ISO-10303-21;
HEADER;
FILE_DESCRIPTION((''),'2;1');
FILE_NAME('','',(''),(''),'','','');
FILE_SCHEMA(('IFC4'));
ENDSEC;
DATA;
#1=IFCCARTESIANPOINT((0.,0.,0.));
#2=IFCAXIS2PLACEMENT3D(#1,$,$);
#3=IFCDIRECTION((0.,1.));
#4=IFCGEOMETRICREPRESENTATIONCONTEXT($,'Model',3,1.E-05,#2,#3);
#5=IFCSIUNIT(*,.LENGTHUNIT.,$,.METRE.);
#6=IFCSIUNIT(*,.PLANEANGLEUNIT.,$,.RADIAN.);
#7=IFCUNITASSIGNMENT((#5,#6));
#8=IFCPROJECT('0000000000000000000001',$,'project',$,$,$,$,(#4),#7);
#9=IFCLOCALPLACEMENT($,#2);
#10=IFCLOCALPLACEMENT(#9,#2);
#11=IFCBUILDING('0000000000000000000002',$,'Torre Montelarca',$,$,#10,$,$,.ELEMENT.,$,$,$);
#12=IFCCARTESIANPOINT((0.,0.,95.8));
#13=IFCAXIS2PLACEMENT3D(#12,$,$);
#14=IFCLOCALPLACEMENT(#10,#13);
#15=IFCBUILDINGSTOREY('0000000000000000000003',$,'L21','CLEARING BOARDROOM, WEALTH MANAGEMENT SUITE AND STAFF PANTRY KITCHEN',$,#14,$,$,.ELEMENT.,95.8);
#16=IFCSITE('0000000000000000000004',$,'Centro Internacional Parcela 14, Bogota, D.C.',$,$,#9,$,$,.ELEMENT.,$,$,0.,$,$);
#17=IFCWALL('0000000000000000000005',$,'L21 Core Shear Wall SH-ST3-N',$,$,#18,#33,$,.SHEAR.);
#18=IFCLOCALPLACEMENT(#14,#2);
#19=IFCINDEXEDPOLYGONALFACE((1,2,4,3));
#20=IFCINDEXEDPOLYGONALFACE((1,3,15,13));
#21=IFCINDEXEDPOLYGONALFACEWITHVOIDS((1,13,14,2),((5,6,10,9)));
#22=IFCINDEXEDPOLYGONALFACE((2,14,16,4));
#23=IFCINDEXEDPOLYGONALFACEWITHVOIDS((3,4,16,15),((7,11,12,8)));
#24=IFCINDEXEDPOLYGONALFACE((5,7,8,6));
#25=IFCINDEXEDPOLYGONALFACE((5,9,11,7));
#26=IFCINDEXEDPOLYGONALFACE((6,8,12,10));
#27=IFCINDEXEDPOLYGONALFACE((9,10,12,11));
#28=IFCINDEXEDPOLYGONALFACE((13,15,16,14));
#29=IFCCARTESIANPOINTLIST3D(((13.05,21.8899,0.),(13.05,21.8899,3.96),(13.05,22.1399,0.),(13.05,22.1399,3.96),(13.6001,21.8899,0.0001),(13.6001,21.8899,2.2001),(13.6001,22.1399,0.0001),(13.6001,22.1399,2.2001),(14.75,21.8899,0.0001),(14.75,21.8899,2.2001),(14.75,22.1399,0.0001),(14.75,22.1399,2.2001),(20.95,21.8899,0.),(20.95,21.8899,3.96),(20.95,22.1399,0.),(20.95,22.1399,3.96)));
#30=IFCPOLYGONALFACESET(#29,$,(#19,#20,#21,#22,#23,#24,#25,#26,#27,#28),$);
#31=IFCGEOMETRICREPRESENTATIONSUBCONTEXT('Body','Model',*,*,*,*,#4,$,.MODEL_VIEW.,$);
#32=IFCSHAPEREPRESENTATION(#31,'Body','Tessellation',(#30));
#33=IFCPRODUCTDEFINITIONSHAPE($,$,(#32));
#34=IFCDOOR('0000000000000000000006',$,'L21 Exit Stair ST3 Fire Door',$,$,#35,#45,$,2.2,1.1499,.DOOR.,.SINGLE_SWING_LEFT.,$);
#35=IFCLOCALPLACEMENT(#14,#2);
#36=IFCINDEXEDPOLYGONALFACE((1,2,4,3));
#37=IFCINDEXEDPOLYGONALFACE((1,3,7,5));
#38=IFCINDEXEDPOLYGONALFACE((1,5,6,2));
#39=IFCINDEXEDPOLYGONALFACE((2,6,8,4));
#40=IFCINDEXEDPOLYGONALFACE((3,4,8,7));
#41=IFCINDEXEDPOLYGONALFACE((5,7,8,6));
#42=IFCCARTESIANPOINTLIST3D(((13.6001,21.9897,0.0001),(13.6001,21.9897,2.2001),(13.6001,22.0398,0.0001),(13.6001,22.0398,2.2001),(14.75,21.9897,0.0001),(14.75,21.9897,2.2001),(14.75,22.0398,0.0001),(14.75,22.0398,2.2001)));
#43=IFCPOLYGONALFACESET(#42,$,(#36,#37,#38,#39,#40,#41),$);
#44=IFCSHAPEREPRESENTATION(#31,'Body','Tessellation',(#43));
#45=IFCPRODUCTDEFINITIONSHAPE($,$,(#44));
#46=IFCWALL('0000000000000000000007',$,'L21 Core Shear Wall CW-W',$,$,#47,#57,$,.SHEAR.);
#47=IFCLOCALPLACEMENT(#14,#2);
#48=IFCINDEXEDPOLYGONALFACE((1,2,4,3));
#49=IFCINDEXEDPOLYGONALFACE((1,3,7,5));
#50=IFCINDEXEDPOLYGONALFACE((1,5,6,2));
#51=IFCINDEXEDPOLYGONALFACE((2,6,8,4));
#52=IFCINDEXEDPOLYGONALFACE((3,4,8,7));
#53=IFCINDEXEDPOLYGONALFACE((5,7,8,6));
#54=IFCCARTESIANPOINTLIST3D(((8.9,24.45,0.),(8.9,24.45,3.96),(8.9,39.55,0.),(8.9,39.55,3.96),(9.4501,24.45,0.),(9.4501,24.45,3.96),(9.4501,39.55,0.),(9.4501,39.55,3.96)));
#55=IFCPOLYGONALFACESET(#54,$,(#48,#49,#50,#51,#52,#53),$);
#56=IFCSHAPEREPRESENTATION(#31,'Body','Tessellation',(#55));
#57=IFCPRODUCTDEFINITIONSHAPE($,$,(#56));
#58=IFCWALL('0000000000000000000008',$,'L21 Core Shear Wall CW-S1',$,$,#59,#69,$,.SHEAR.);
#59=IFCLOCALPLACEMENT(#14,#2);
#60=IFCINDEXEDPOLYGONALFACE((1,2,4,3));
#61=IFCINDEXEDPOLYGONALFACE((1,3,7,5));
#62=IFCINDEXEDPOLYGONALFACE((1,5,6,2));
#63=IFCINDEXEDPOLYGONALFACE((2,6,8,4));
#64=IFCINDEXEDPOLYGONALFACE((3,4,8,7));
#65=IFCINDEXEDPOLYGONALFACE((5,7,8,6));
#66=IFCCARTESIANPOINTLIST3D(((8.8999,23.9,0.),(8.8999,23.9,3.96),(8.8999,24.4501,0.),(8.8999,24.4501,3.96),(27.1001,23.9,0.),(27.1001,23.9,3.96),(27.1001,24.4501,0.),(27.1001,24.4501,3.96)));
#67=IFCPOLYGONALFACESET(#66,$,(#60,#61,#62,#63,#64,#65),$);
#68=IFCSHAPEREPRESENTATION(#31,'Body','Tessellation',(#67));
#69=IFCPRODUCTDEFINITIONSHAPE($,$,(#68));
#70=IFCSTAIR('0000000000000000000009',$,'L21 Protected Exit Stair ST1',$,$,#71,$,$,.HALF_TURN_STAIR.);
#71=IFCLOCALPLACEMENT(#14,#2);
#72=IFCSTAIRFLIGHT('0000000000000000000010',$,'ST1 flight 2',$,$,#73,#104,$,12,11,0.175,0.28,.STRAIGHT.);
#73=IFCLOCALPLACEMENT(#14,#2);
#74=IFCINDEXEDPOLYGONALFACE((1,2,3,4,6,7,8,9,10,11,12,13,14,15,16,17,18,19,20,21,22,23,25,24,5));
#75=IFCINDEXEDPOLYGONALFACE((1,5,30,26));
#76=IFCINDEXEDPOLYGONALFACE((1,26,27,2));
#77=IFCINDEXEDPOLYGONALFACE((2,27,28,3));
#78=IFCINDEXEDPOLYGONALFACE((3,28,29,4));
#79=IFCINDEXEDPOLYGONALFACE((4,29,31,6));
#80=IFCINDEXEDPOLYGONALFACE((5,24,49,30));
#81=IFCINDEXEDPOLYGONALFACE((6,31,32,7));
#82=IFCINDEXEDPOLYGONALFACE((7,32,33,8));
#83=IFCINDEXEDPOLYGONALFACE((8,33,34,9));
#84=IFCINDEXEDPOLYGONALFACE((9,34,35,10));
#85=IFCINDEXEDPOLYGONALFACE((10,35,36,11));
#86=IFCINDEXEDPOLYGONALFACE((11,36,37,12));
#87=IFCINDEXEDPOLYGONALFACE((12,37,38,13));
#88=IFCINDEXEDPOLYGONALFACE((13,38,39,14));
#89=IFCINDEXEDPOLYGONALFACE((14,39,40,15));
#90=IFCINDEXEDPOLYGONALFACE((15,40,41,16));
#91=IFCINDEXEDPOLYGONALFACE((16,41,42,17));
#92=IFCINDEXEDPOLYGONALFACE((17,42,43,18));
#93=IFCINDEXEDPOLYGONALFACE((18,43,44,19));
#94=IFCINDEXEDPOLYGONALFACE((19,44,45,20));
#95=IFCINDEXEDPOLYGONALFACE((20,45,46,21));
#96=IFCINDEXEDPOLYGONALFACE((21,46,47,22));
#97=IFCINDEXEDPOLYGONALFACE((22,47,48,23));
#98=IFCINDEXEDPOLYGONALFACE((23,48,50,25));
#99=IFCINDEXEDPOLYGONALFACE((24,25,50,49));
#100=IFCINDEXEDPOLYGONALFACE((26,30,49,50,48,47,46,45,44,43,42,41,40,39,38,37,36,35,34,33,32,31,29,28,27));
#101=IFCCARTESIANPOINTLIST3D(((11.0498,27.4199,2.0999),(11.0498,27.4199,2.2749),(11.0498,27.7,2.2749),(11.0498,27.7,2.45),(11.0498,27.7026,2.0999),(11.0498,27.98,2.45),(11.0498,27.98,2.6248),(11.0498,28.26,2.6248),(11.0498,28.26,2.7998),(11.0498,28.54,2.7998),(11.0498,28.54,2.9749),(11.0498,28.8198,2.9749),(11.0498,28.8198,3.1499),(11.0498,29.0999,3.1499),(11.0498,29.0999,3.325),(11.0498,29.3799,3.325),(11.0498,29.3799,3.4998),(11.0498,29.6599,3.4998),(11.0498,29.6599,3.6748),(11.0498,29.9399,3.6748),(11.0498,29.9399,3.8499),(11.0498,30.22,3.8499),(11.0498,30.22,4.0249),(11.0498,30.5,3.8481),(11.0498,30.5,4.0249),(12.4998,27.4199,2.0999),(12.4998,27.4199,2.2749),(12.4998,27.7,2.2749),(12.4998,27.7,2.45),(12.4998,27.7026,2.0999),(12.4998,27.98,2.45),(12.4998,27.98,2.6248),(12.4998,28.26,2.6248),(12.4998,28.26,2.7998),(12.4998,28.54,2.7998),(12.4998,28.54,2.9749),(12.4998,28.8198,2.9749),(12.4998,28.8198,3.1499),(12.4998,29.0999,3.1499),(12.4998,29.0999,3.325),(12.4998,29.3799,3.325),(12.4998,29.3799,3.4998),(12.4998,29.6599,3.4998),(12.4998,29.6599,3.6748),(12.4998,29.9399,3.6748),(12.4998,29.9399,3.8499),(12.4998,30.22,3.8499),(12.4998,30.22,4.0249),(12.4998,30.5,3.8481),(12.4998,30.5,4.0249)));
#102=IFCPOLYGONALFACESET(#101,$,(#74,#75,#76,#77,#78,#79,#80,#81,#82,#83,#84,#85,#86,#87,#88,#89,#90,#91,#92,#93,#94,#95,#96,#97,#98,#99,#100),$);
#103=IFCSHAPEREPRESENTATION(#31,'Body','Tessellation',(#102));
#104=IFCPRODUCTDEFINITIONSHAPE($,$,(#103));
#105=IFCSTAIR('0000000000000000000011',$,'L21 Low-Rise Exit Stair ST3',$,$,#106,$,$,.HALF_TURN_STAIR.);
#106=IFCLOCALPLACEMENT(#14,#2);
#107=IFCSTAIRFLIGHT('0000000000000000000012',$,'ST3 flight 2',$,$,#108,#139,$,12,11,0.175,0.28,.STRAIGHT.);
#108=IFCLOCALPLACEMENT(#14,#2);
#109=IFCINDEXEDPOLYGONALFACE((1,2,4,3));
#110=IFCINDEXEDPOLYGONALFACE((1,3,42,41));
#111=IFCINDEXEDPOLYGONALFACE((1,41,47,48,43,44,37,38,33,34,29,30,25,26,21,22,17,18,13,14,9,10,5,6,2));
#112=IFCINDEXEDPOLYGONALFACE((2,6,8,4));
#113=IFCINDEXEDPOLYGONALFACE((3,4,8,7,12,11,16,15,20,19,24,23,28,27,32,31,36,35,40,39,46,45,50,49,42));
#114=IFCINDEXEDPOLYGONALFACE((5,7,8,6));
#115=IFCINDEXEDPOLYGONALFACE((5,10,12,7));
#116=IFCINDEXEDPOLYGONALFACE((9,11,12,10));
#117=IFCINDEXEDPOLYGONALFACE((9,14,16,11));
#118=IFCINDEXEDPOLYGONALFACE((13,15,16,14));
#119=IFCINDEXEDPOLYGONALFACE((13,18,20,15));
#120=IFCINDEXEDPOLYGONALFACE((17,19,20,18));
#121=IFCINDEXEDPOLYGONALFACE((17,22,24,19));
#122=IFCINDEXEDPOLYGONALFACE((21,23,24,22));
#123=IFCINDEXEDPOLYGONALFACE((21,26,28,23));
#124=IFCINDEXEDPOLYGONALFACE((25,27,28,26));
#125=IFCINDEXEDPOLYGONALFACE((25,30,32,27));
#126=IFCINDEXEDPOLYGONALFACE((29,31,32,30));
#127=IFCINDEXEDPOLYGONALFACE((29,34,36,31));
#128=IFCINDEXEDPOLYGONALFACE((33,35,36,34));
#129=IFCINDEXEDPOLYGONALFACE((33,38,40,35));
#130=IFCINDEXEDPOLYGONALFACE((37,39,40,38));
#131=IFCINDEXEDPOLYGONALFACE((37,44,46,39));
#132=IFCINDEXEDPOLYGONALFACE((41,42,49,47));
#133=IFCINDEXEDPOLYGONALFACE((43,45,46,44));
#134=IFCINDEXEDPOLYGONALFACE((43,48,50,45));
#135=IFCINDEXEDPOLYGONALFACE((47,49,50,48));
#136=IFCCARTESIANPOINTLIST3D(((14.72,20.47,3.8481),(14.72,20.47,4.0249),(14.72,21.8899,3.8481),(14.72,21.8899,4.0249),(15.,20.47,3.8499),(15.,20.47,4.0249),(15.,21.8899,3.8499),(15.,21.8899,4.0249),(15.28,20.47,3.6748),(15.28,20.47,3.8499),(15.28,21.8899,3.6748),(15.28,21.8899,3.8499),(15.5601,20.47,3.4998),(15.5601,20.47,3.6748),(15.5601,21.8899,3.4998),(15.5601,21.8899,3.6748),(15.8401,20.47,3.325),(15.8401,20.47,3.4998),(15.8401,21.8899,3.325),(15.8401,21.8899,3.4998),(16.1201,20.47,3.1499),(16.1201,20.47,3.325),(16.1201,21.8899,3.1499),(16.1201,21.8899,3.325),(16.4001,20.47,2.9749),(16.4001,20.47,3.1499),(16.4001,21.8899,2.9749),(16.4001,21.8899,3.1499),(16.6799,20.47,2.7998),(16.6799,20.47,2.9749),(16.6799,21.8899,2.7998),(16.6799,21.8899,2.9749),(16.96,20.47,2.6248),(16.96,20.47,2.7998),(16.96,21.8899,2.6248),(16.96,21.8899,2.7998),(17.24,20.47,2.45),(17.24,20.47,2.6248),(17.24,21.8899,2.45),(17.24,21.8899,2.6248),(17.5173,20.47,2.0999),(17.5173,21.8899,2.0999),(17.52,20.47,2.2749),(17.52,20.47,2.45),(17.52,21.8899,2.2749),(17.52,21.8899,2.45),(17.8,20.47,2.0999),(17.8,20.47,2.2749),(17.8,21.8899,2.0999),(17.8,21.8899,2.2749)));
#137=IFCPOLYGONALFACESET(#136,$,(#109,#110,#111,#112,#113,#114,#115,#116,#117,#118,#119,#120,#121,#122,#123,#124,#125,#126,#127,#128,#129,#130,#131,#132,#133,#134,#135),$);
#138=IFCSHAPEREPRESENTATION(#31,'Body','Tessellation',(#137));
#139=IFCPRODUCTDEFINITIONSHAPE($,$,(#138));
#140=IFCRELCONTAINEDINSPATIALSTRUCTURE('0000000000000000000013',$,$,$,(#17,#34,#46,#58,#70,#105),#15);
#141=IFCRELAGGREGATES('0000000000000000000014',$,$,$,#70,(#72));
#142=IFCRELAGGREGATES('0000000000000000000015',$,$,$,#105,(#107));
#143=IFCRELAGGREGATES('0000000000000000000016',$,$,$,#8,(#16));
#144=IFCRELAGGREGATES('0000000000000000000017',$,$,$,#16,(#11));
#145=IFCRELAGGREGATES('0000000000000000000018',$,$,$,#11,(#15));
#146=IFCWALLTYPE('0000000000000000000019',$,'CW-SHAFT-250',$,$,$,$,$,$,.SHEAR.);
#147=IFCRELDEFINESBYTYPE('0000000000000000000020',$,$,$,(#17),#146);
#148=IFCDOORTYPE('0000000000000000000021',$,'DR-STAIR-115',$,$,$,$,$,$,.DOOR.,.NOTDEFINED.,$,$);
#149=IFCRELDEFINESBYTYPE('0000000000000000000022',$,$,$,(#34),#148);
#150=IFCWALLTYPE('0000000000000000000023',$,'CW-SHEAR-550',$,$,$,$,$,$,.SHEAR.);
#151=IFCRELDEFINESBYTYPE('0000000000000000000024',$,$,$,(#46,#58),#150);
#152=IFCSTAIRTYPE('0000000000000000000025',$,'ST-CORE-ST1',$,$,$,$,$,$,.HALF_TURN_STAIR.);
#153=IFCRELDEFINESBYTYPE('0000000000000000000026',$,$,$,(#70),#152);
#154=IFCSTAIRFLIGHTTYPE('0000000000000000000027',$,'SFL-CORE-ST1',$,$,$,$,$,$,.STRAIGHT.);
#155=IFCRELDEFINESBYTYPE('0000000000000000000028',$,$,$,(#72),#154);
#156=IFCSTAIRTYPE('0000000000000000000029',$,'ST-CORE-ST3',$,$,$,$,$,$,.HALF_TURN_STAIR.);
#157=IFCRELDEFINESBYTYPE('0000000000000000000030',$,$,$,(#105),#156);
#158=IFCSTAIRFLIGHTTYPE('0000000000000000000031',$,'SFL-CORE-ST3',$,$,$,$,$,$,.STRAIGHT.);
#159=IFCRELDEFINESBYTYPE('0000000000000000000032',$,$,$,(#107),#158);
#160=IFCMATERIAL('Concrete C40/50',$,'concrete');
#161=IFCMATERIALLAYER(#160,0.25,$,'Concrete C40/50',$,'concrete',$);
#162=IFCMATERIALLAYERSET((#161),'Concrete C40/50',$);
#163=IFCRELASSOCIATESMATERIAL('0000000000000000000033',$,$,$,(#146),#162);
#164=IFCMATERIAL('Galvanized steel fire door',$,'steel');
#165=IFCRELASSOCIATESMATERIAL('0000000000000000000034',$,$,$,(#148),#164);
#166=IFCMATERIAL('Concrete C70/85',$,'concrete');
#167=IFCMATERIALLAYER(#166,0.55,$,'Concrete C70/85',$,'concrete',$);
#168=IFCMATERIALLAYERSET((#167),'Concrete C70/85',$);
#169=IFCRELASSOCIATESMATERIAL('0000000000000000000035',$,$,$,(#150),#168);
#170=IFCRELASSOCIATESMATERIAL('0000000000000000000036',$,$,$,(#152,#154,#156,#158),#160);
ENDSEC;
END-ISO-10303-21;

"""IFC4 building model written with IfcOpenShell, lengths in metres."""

from ifc_helpers import new_model, si_unit, direction, frame, frame_2d, origin, place, context, subcontext, project, spatial, polyline, rectangle, outline, extrude, source, transform, mapped, material, layer, layer_set, type_object, element, fill, aggregate, save


model = new_model("IFC4")

# Units and contexts
model_context = context("Model", 3, precision=1e-05, world=origin(), true_north=direction((0.0, 1.0)))
body_context = subcontext(model_context, "Body", "Model", "MODEL_VIEW")
ifc_project = project(units=[si_unit("LENGTHUNIT", "METRE"), si_unit("PLANEANGLEUNIT", "RADIAN")], contexts=[model_context])

# Site, building, storey
site_placement = place(None, origin())
site = spatial("IfcSite", under=ifc_project, at=site_placement, Name="Centro Internacional Parcela 14, Bogota, D.C.", CompositionType="ELEMENT", RefElevation=0.0)
building_placement = place(site_placement, origin())
building = spatial("IfcBuilding", under=site, at=building_placement, Name="Torre Montelarca", CompositionType="ELEMENT")
storey_placement = place(building_placement, frame((0.0, 0.0, 95.8)))
storey = spatial("IfcBuildingStorey", under=building, at=storey_placement, Name="L21", Description="CLEARING BOARDROOM, WEALTH MANAGEMENT SUITE AND STAFF PANTRY KITCHEN", CompositionType="ELEMENT", Elevation=95.8)

# Shared definitions
ifc_material_1 = material(Name="Concrete C70/85", Category="concrete")

# Shared definitions
ifc_material_2 = material(Name="Concrete C40/50", Category="concrete")
ifc_layer_1 = layer(ifc_material_2, 0.25, Name="Concrete C40/50", Category="concrete")
ifc_layer_set_1 = layer_set([ifc_layer_1], Name="Concrete C40/50")
wall_type_1 = type_object("IfcWallType", Name="CW-SHAFT-250", PredefinedType="SHEAR", material=ifc_layer_set_1)
ifc_material_3 = material(Name="Galvanized steel fire door", Category="steel")
door_type_1 = type_object("IfcDoorType", Name="DR-STAIR-115", OperationType="NOTDEFINED", PredefinedType="DOOR", material=ifc_material_3)
shared_shape_1 = source(origin(), body_context, "Body", "SweptSolid", [
    extrude(rectangle(XDim=1.1499, YDim=2.2, at=frame_2d((0.575, 1.1001))), frame((0.0, 0.0249, 0.0), z_axis=(0.0, -1.0, 0.0), x_axis=(1.0, 0.0, 0.0)), (0.0, 0.0, 1.0), 0.05),
])

# Wall, opening, door
wall_1_placement = place(storey_placement, frame((13.05, 22.0149, 0.0), z_axis=(0.0, 0.0, 1.0), x_axis=(1.0, 0.0, 0.0)))
wall_1 = element("IfcWall", 1, at=wall_1_placement, inside=storey, type_object=wall_type_1, Name="L21 Core Shear Wall SH-ST3-N", PredefinedType="SHEAR", context=body_context, shape_type="SweptSolid", body=[
    extrude(rectangle(XDim=7.8999, YDim=0.25, at=frame_2d((3.95, 0.0))), origin(), (0.0, 0.0, 1.0), 3.96),
])
opening_1_placement = place(wall_1_placement, frame((0.55, 0.0, 0.0)))
opening_1 = element("IfcOpeningElement", 2, at=opening_1_placement, cuts=wall_1, PredefinedType="OPENING", context=body_context, shape_type="SweptSolid", body=[
    extrude(rectangle(XDim=1.1499, YDim=2.2, at=frame_2d((0.575, 1.1001))), frame((0.0, 0.135, 0.0), z_axis=(0.0, -1.0, 0.0), x_axis=(1.0, 0.0, 0.0)), (0.0, 0.0, 1.0), 0.27),
])
door_1_placement = place(opening_1_placement, origin())
door_1 = element("IfcDoor", 3, at=door_1_placement, inside=storey, type_object=door_type_1, Name="L21 Exit Stair ST3 Fire Door", OperationType="SINGLE_SWING_LEFT", OverallHeight=2.2, OverallWidth=1.1499, PredefinedType="DOOR", context=body_context, shape_type="MappedRepresentation", body=[
    mapped(shared_shape_1, transform((0.0, 0.0, 0.0), scale=1.0)),
])
fill(opening_1, door_1)

# Walls
ifc_layer_2 = layer(ifc_material_1, 0.55, Name="Concrete C70/85", Category="concrete")
ifc_layer_set_2 = layer_set([ifc_layer_2], Name="Concrete C70/85")
wall_type_2 = type_object("IfcWallType", Name="CW-SHEAR-550", PredefinedType="SHEAR", material=ifc_layer_set_2)
wall_2_placement = place(storey_placement, frame((9.175, 24.45, 0.0), z_axis=(0.0, 0.0, 1.0), x_axis=(0.0, 1.0, 0.0)))
element("IfcWall", 4, at=wall_2_placement, inside=storey, type_object=wall_type_2, Name="L21 Core Shear Wall CW-W", PredefinedType="SHEAR", context=body_context, shape_type="SweptSolid", body=[
    extrude(rectangle(XDim=15.1001, YDim=0.55, at=frame_2d((7.55, 0.0))), origin(), (0.0, 0.0, 1.0), 3.96),
])
wall_3_placement = place(storey_placement, frame((8.8999, 24.175, 0.0), z_axis=(0.0, 0.0, 1.0), x_axis=(1.0, 0.0, 0.0)))
element("IfcWall", 5, at=wall_3_placement, inside=storey, type_object=wall_type_2, Name="L21 Core Shear Wall CW-S1", PredefinedType="SHEAR", context=body_context, shape_type="SweptSolid", body=[
    extrude(rectangle(XDim=18.2002, YDim=0.55, at=frame_2d((9.1001, 0.0))), origin(), (0.0, 0.0, 1.0), 3.96),
])

# Stairs, stair flights
stair_type_1 = type_object("IfcStairType", Name="ST-CORE-ST1", PredefinedType="HALF_TURN_STAIR", material=ifc_material_2)
stair_1_placement = place(storey_placement, origin())
stair_1 = element("IfcStair", 6, at=stair_1_placement, inside=storey, type_object=stair_type_1, Name="L21 Protected Exit Stair ST1", PredefinedType="HALF_TURN_STAIR")
stair_flight_type_1 = type_object("IfcStairFlightType", Name="SFL-CORE-ST1", PredefinedType="STRAIGHT", material=ifc_material_2)
stair_flight_1_placement = place(storey_placement, frame((11.7749, 27.4199, 2.0999), z_axis=(0.0, 0.0, 1.0), x_axis=(0.0, 1.0, 0.0)))
stair_flight_1 = element("IfcStairFlight", 7, at=stair_flight_1_placement, type_object=stair_flight_type_1, Name="ST1 flight 2", NumberOfRisers=12, NumberOfTreads=11, PredefinedType="STRAIGHT", RiserHeight=0.175, TreadLength=0.28, context=body_context, shape_type="SweptSolid", body=[
    extrude(outline(polyline([(0.0, 0.0), (0.0, 0.175), (0.28, 0.175), (0.28, 0.3501), (0.5601, 0.3501), (0.5601, 0.5249), (0.8401, 0.5249), (0.8401, 0.7), (1.1201, 0.7), (1.1201, 0.875), (1.3999, 0.875), (1.3999, 1.05), (1.6799, 1.05), (1.6799, 1.2251), (1.96, 1.2251), (1.96, 1.3999), (2.24, 1.3999), (2.24, 1.575), (2.52, 1.575), (2.52, 1.75), (2.8, 1.75), (2.8, 1.925), (3.0801, 1.925), (3.0801, 2.1001), (3.0801, 1.7483), (0.2827, 0.0), (0.0, 0.0)])), frame((0.0, 0.7251, 0.0), z_axis=(0.0, -1.0, 0.0), x_axis=(1.0, 0.0, 0.0)), (0.0, 0.0, 1.0), 1.45),
])
aggregate(stair_1, [stair_flight_1])
stair_type_2 = type_object("IfcStairType", Name="ST-CORE-ST3", PredefinedType="HALF_TURN_STAIR", material=ifc_material_2)
stair_2_placement = place(storey_placement, origin())
stair_2 = element("IfcStair", 8, at=stair_2_placement, inside=storey, type_object=stair_type_2, Name="L21 Low-Rise Exit Stair ST3", PredefinedType="HALF_TURN_STAIR")
stair_flight_type_2 = type_object("IfcStairFlightType", Name="SFL-CORE-ST3", PredefinedType="STRAIGHT", material=ifc_material_2)
stair_flight_2_placement = place(storey_placement, frame((17.8, 21.1799, 2.0999), z_axis=(0.0, 0.0, 1.0), x_axis=(-1.0, 0.0, 0.0)))
stair_flight_2 = element("IfcStairFlight", 9, at=stair_flight_2_placement, type_object=stair_flight_type_2, Name="ST3 flight 2", NumberOfRisers=12, NumberOfTreads=11, PredefinedType="STRAIGHT", RiserHeight=0.175, TreadLength=0.28, context=body_context, shape_type="SweptSolid", body=[
    extrude(outline(polyline([(0.0, 0.0), (0.0, 0.175), (0.28, 0.175), (0.28, 0.3501), (0.5601, 0.3501), (0.5601, 0.5249), (0.8401, 0.5249), (0.8401, 0.7), (1.1201, 0.7), (1.1201, 0.875), (1.3999, 0.875), (1.3999, 1.05), (1.6799, 1.05), (1.6799, 1.2251), (1.96, 1.2251), (1.96, 1.3999), (2.24, 1.3999), (2.24, 1.575), (2.52, 1.575), (2.52, 1.75), (2.8, 1.75), (2.8, 1.925), (3.0801, 1.925), (3.0801, 2.1001), (3.0801, 1.7483), (0.2827, 0.0), (0.0, 0.0)])), frame((0.0, 0.71, 0.0), z_axis=(0.0, -1.0, 0.0), x_axis=(1.0, 0.0, 0.0)), (0.0, 0.0, 1.0), 1.4199),
])
aggregate(stair_2, [stair_flight_2])

save(model, "model.ifc")
